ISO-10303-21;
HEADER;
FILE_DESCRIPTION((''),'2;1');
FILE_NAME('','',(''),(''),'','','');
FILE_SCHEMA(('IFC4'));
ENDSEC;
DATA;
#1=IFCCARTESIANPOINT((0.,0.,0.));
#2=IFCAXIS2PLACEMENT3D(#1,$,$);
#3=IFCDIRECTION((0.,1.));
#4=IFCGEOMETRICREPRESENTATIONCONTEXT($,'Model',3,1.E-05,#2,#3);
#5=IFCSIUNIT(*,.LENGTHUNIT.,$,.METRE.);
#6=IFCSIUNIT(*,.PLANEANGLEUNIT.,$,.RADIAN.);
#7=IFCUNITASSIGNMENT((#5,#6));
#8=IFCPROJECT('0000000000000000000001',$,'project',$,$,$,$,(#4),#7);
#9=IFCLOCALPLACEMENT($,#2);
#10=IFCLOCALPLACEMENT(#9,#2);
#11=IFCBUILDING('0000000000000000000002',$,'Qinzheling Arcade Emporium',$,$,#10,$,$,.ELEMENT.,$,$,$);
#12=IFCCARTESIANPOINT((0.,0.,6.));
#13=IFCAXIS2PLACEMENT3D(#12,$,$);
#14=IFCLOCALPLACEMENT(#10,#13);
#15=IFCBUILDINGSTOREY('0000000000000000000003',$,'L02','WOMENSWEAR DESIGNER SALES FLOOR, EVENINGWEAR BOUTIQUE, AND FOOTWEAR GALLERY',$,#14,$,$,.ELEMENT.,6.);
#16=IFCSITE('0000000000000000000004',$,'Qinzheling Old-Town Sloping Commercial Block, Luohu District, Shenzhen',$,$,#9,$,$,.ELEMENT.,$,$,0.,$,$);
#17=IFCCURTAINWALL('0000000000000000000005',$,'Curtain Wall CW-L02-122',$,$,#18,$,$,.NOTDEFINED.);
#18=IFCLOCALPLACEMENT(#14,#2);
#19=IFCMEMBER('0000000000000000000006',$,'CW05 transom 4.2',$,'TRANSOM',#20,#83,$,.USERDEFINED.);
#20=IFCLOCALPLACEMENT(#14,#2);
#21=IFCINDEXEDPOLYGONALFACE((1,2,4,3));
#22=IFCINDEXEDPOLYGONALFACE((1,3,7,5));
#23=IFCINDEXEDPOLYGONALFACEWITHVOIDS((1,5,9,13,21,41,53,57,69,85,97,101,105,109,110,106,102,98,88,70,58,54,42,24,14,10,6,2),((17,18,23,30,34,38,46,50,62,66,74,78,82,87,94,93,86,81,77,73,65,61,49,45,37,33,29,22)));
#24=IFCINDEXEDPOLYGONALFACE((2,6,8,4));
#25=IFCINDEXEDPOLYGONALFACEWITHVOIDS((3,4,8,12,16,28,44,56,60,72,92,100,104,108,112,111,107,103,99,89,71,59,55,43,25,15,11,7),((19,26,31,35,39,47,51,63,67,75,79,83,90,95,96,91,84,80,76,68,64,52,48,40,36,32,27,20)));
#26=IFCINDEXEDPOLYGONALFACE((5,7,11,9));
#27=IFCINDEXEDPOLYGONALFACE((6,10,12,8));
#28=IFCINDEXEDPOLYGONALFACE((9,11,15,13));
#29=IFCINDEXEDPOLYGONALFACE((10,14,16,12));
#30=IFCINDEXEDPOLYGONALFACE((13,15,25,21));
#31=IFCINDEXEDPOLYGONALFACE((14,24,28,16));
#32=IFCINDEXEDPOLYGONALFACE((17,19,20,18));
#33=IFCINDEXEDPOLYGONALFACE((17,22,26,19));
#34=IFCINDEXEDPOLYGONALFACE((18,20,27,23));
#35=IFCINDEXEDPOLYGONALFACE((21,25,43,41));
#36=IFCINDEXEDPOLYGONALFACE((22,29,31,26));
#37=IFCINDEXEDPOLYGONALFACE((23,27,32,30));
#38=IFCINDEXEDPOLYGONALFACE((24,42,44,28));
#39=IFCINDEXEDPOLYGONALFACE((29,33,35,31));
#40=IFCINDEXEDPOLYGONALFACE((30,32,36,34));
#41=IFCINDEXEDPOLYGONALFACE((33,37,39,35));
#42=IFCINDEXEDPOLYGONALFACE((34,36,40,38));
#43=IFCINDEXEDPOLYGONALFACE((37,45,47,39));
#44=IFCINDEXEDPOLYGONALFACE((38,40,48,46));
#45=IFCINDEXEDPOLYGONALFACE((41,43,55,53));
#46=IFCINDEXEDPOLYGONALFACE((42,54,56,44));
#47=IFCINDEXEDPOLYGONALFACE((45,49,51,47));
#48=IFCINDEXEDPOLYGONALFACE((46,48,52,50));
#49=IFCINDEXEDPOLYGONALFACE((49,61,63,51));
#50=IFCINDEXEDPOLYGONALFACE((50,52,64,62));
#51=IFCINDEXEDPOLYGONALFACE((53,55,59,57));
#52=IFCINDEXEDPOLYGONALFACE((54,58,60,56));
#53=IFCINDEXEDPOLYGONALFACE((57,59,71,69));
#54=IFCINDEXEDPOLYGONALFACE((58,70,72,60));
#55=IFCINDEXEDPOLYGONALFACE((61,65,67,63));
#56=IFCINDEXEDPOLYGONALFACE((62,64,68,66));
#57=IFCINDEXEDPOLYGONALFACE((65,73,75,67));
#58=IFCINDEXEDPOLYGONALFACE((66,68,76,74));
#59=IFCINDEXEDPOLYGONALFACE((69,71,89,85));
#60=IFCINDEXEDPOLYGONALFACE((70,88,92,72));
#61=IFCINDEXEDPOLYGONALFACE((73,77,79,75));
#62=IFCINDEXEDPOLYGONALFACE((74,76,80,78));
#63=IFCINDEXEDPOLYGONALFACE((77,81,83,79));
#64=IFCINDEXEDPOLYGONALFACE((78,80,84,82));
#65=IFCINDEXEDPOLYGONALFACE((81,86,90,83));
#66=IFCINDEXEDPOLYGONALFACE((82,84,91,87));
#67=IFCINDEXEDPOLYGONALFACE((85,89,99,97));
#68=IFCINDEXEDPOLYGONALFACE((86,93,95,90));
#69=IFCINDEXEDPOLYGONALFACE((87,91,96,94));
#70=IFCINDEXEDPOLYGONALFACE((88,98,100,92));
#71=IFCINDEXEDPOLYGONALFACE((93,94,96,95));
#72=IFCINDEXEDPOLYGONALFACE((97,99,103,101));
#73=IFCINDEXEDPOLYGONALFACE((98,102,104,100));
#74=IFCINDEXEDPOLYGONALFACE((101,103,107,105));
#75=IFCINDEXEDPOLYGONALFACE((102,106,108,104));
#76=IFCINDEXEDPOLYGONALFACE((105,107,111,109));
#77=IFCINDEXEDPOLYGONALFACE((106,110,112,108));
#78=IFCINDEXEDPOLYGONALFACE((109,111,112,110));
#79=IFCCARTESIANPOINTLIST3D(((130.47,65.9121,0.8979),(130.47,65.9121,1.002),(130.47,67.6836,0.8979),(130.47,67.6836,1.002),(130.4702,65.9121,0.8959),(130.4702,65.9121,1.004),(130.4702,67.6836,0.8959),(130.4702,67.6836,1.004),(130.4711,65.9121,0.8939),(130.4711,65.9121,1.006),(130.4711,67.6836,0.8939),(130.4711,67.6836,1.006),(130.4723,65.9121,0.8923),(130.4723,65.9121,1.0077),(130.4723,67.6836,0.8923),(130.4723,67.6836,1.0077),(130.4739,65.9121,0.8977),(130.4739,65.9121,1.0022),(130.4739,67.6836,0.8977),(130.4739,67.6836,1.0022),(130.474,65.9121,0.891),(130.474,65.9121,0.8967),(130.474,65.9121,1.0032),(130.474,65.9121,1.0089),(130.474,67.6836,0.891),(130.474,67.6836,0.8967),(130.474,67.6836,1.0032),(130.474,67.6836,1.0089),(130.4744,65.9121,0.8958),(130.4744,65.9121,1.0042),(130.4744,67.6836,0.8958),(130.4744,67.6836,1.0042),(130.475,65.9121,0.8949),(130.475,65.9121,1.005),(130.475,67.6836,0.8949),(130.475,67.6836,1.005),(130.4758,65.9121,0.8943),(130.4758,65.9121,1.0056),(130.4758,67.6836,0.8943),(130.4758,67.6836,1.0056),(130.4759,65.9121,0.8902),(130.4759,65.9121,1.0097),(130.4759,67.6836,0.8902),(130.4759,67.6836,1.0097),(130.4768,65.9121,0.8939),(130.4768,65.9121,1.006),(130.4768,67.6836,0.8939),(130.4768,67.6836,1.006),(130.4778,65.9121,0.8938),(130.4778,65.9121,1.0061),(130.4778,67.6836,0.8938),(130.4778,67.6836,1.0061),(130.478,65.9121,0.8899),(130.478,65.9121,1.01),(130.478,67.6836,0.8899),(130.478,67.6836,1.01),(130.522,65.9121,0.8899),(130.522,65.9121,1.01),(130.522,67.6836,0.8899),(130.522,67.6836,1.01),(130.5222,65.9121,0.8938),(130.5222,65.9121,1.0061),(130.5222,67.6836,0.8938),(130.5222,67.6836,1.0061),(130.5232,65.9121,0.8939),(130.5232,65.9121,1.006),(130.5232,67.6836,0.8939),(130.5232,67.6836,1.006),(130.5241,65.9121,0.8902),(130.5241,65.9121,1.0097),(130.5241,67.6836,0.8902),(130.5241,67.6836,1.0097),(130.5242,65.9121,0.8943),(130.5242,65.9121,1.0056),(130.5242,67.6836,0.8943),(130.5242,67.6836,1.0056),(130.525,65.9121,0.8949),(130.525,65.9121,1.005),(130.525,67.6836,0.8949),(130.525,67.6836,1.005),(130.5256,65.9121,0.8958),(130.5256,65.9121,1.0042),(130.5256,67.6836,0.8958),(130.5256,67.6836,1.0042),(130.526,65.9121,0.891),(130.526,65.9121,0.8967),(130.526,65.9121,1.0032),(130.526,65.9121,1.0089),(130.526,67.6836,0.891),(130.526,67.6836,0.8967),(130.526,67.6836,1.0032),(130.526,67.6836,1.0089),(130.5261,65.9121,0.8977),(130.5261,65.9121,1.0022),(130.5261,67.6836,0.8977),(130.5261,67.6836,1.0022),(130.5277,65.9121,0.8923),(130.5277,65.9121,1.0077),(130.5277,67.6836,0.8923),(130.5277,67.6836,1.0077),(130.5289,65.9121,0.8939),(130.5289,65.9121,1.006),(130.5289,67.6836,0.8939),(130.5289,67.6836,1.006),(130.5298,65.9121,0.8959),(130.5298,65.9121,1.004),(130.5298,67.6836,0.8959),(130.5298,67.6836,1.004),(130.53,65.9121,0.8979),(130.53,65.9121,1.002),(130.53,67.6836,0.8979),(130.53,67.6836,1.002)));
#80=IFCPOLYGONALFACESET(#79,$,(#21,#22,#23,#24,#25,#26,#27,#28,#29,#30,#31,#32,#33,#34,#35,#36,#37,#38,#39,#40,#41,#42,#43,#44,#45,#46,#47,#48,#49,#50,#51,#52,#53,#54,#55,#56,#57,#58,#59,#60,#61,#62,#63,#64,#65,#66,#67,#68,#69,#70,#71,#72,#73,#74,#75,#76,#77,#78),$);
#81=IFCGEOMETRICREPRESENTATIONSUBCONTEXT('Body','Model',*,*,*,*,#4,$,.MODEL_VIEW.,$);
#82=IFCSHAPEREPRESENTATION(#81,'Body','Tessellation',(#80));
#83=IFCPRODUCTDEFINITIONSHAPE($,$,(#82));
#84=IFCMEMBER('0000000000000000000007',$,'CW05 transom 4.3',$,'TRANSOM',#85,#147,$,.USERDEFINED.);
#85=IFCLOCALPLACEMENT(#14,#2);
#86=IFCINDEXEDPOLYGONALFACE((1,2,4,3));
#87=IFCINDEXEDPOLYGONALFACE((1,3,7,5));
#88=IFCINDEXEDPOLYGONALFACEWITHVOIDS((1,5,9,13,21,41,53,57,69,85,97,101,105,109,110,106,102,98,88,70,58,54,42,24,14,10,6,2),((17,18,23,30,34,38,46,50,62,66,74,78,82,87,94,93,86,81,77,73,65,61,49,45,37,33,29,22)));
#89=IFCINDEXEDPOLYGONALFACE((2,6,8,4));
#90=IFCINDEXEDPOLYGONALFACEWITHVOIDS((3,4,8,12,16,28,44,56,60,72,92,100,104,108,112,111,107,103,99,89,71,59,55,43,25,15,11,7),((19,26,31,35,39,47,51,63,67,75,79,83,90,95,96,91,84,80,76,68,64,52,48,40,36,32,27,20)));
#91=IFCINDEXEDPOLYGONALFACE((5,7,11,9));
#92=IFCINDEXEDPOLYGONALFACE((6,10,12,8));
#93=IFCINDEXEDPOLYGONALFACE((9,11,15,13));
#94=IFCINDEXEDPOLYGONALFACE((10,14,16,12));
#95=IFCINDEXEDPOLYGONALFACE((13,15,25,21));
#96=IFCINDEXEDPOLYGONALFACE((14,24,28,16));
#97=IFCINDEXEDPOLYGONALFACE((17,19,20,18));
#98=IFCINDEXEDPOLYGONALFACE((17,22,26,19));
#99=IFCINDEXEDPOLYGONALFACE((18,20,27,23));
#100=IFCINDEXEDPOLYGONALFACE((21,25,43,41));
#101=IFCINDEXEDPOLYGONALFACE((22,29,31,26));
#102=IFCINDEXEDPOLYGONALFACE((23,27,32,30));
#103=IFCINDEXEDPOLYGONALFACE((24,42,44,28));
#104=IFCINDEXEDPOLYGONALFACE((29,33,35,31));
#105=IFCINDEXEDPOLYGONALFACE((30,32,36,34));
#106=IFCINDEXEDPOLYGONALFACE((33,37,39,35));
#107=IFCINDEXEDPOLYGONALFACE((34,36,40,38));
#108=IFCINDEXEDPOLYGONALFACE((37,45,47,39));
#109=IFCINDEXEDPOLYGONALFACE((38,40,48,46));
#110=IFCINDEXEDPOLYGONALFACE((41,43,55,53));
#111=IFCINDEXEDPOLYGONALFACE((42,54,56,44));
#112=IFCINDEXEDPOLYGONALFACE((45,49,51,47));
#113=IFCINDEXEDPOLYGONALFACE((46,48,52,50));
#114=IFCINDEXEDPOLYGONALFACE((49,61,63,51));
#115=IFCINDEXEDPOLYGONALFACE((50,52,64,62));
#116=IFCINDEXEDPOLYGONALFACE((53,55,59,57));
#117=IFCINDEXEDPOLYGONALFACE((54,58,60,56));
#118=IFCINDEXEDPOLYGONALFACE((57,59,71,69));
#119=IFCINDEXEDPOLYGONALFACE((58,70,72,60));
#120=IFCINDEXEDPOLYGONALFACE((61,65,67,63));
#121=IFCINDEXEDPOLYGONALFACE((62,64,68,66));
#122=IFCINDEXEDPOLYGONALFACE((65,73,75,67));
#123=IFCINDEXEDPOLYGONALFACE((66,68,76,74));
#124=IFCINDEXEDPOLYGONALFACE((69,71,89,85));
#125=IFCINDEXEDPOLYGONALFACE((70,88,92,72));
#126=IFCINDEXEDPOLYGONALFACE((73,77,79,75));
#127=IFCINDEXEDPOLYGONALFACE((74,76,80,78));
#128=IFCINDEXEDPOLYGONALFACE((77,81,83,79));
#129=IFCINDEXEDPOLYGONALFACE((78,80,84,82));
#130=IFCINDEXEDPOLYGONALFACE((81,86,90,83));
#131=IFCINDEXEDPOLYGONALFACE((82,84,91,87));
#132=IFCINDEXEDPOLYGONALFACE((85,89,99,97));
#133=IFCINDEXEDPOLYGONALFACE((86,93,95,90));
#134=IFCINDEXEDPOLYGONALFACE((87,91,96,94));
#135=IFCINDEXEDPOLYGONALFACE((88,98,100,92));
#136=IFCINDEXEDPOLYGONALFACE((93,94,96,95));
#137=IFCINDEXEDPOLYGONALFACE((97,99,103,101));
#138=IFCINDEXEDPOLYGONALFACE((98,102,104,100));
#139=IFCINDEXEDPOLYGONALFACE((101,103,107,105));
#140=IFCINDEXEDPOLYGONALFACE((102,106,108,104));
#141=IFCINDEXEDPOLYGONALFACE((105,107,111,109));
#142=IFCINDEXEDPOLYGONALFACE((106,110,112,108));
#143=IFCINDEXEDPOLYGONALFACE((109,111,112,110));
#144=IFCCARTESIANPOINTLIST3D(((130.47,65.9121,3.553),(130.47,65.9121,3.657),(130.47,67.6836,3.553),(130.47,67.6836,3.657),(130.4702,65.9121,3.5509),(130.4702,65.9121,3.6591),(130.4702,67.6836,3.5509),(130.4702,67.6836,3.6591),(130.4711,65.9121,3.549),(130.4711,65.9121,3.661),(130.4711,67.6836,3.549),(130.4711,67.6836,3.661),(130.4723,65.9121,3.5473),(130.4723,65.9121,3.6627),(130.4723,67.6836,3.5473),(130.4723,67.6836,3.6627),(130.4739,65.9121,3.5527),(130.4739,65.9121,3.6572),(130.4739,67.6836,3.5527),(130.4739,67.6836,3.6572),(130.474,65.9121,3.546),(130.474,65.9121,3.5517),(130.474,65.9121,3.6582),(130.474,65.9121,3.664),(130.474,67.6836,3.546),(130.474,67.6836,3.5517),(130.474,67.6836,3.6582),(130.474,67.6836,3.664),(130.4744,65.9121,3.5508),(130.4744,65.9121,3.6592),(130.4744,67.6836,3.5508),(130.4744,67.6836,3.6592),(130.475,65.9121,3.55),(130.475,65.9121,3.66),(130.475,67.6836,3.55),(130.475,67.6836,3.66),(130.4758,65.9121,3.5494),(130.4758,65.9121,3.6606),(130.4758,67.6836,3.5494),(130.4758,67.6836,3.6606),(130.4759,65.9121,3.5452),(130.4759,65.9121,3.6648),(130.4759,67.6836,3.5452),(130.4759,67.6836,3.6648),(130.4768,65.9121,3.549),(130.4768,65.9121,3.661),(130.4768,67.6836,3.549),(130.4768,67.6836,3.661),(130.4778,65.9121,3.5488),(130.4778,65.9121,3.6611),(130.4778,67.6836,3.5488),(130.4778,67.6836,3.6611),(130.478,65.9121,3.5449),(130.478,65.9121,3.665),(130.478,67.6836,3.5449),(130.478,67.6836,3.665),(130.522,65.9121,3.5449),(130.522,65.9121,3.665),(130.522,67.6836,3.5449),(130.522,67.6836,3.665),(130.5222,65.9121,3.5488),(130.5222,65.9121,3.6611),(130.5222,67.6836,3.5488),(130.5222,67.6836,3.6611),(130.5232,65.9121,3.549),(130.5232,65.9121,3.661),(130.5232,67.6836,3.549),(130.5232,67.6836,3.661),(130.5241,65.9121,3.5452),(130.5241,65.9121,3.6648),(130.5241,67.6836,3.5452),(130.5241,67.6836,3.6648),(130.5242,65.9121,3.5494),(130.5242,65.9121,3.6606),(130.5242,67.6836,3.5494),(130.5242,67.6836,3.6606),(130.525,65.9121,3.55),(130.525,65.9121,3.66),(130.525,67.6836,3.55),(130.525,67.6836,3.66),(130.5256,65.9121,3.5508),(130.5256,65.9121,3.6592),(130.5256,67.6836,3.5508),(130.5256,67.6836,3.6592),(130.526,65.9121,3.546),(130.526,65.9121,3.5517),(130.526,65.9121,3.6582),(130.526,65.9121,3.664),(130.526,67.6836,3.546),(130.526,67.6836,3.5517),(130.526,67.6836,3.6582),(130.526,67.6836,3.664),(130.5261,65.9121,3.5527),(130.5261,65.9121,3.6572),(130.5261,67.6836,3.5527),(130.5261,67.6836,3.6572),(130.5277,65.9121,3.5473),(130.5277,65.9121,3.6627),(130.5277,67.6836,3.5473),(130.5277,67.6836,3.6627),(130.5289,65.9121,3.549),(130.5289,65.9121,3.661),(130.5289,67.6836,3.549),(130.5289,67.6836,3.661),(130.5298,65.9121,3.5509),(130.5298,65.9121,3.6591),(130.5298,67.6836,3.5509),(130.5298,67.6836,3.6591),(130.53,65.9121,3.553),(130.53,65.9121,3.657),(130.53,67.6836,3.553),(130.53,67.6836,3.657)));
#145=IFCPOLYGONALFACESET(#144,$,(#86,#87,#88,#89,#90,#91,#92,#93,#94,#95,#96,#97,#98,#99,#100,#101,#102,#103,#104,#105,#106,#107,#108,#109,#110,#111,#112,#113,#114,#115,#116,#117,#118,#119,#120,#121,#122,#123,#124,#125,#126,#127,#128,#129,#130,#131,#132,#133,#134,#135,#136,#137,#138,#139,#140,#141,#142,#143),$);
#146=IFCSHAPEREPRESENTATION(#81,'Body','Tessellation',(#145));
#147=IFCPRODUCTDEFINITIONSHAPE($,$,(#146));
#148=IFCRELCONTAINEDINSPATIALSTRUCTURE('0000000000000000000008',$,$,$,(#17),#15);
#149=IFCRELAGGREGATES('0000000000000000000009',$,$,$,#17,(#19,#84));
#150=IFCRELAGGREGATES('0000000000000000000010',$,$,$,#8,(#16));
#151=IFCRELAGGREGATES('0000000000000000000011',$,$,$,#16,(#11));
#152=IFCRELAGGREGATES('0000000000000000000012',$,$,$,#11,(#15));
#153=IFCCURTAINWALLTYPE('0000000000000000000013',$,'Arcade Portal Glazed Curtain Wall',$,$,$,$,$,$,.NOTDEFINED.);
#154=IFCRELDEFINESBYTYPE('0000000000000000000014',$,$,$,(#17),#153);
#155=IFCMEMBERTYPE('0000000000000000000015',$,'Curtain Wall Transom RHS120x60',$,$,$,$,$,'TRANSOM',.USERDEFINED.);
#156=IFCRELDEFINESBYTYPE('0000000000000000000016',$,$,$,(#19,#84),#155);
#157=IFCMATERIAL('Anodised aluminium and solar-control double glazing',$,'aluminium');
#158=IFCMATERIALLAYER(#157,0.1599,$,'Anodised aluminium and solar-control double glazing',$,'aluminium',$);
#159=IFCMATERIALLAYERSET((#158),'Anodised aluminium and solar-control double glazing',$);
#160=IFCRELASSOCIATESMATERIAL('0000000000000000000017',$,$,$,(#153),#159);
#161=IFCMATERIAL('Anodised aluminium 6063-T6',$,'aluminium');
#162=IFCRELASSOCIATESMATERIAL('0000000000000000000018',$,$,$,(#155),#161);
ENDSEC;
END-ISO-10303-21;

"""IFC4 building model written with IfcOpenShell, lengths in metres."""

from ifc_helpers import new_model, si_unit, direction, frame, origin, origin_2d, place, context, subcontext, project, spatial, hollow_rectangle, extrude, material, layer, layer_set, material_profile, profile_set, type_object, element, aggregate, save


model = new_model("IFC4")

# Units and contexts
model_context = context("Model", 3, precision=1e-05, world=origin(), true_north=direction((0.0, 1.0)))
body_context = subcontext(model_context, "Body", "Model", "MODEL_VIEW")
ifc_project = project(units=[si_unit("LENGTHUNIT", "METRE"), si_unit("PLANEANGLEUNIT", "RADIAN")], contexts=[model_context])

# Site, building, storey
site_placement = place(None, origin())
site = spatial("IfcSite", under=ifc_project, at=site_placement, Name="Qinzheling Old-Town Sloping Commercial Block, Luohu District, Shenzhen", CompositionType="ELEMENT", RefElevation=0.0)
building_placement = place(site_placement, origin())
building = spatial("IfcBuilding", under=site, at=building_placement, Name="Qinzheling Arcade Emporium", CompositionType="ELEMENT")
storey_placement = place(building_placement, frame((0.0, 0.0, 6.0)))
storey = spatial("IfcBuildingStorey", under=building, at=storey_placement, Name="L02", Description="WOMENSWEAR DESIGNER SALES FLOOR, EVENINGWEAR BOUTIQUE, AND FOOTWEAR GALLERY", CompositionType="ELEMENT", Elevation=6.0)

# Curtain wall
ifc_material_1 = material(Name="Anodised aluminium and solar-control double glazing", Category="aluminium")
ifc_layer_1 = layer(ifc_material_1, 0.1599, Name="Anodised aluminium and solar-control double glazing", Category="aluminium")
ifc_layer_set_1 = layer_set([ifc_layer_1], Name="Anodised aluminium and solar-control double glazing")
curtain_wall_type = type_object("IfcCurtainWallType", Name="Arcade Portal Glazed Curtain Wall", PredefinedType="NOTDEFINED", material=ifc_layer_set_1)
curtain_wall_1_placement = place(storey_placement, origin())
curtain_wall_1 = element("IfcCurtainWall", 1, at=curtain_wall_1_placement, inside=storey, type_object=curtain_wall_type, Name="Curtain Wall CW-L02-122", PredefinedType="NOTDEFINED")
ifc_material_2 = material(Name="Anodised aluminium 6063-T6", Category="aluminium")

# Members
ifc_material_profile_1 = material_profile(ifc_material_2, hollow_rectangle(XDim=0.0601, YDim=0.1201, WallThickness=0.0039, InnerFilletRadius=0.0039, OuterFilletRadius=0.0081, at=origin_2d()), Name="RHS 120x60x4", Category="aluminium")
ifc_profile_set_1 = profile_set([ifc_material_profile_1], Name="Anodised aluminium 6063-T6")
member_type_1 = type_object("IfcMemberType", Name="Curtain Wall Transom RHS120x60", ElementType="TRANSOM", PredefinedType="USERDEFINED", material=ifc_profile_set_1)
member_1_placement = place(storey_placement, frame((130.5, 67.6836, 0.95), z_axis=(0.0, -1.0, 0.0), x_axis=(1.0, 0.0, 0.0)))
member_1 = element("IfcMember", 2, at=member_1_placement, type_object=member_type_1, Name="CW05 transom 4.2", ObjectType="TRANSOM", PredefinedType="USERDEFINED", context=body_context, shape_type="SweptSolid", body=[
    extrude(hollow_rectangle(XDim=0.0601, YDim=0.1201, WallThickness=0.0039, InnerFilletRadius=0.0039, OuterFilletRadius=0.0081, at=origin_2d()), origin(), (0.0, 0.0, 1.0), 1.7715),
])
member_2_placement = place(storey_placement, frame((130.5, 67.6836, 3.605), z_axis=(0.0, -1.0, 0.0), x_axis=(1.0, 0.0, 0.0)))
member_2 = element("IfcMember", 3, at=member_2_placement, type_object=member_type_1, Name="CW05 transom 4.3", ObjectType="TRANSOM", PredefinedType="USERDEFINED", context=body_context, shape_type="SweptSolid", body=[
    extrude(hollow_rectangle(XDim=0.0601, YDim=0.1201, WallThickness=0.0039, InnerFilletRadius=0.0039, OuterFilletRadius=0.0081, at=origin_2d()), origin(), (0.0, 0.0, 1.0), 1.7715),
])

aggregate(curtain_wall_1, [member_1, member_2])

save(model, "model.ifc")
